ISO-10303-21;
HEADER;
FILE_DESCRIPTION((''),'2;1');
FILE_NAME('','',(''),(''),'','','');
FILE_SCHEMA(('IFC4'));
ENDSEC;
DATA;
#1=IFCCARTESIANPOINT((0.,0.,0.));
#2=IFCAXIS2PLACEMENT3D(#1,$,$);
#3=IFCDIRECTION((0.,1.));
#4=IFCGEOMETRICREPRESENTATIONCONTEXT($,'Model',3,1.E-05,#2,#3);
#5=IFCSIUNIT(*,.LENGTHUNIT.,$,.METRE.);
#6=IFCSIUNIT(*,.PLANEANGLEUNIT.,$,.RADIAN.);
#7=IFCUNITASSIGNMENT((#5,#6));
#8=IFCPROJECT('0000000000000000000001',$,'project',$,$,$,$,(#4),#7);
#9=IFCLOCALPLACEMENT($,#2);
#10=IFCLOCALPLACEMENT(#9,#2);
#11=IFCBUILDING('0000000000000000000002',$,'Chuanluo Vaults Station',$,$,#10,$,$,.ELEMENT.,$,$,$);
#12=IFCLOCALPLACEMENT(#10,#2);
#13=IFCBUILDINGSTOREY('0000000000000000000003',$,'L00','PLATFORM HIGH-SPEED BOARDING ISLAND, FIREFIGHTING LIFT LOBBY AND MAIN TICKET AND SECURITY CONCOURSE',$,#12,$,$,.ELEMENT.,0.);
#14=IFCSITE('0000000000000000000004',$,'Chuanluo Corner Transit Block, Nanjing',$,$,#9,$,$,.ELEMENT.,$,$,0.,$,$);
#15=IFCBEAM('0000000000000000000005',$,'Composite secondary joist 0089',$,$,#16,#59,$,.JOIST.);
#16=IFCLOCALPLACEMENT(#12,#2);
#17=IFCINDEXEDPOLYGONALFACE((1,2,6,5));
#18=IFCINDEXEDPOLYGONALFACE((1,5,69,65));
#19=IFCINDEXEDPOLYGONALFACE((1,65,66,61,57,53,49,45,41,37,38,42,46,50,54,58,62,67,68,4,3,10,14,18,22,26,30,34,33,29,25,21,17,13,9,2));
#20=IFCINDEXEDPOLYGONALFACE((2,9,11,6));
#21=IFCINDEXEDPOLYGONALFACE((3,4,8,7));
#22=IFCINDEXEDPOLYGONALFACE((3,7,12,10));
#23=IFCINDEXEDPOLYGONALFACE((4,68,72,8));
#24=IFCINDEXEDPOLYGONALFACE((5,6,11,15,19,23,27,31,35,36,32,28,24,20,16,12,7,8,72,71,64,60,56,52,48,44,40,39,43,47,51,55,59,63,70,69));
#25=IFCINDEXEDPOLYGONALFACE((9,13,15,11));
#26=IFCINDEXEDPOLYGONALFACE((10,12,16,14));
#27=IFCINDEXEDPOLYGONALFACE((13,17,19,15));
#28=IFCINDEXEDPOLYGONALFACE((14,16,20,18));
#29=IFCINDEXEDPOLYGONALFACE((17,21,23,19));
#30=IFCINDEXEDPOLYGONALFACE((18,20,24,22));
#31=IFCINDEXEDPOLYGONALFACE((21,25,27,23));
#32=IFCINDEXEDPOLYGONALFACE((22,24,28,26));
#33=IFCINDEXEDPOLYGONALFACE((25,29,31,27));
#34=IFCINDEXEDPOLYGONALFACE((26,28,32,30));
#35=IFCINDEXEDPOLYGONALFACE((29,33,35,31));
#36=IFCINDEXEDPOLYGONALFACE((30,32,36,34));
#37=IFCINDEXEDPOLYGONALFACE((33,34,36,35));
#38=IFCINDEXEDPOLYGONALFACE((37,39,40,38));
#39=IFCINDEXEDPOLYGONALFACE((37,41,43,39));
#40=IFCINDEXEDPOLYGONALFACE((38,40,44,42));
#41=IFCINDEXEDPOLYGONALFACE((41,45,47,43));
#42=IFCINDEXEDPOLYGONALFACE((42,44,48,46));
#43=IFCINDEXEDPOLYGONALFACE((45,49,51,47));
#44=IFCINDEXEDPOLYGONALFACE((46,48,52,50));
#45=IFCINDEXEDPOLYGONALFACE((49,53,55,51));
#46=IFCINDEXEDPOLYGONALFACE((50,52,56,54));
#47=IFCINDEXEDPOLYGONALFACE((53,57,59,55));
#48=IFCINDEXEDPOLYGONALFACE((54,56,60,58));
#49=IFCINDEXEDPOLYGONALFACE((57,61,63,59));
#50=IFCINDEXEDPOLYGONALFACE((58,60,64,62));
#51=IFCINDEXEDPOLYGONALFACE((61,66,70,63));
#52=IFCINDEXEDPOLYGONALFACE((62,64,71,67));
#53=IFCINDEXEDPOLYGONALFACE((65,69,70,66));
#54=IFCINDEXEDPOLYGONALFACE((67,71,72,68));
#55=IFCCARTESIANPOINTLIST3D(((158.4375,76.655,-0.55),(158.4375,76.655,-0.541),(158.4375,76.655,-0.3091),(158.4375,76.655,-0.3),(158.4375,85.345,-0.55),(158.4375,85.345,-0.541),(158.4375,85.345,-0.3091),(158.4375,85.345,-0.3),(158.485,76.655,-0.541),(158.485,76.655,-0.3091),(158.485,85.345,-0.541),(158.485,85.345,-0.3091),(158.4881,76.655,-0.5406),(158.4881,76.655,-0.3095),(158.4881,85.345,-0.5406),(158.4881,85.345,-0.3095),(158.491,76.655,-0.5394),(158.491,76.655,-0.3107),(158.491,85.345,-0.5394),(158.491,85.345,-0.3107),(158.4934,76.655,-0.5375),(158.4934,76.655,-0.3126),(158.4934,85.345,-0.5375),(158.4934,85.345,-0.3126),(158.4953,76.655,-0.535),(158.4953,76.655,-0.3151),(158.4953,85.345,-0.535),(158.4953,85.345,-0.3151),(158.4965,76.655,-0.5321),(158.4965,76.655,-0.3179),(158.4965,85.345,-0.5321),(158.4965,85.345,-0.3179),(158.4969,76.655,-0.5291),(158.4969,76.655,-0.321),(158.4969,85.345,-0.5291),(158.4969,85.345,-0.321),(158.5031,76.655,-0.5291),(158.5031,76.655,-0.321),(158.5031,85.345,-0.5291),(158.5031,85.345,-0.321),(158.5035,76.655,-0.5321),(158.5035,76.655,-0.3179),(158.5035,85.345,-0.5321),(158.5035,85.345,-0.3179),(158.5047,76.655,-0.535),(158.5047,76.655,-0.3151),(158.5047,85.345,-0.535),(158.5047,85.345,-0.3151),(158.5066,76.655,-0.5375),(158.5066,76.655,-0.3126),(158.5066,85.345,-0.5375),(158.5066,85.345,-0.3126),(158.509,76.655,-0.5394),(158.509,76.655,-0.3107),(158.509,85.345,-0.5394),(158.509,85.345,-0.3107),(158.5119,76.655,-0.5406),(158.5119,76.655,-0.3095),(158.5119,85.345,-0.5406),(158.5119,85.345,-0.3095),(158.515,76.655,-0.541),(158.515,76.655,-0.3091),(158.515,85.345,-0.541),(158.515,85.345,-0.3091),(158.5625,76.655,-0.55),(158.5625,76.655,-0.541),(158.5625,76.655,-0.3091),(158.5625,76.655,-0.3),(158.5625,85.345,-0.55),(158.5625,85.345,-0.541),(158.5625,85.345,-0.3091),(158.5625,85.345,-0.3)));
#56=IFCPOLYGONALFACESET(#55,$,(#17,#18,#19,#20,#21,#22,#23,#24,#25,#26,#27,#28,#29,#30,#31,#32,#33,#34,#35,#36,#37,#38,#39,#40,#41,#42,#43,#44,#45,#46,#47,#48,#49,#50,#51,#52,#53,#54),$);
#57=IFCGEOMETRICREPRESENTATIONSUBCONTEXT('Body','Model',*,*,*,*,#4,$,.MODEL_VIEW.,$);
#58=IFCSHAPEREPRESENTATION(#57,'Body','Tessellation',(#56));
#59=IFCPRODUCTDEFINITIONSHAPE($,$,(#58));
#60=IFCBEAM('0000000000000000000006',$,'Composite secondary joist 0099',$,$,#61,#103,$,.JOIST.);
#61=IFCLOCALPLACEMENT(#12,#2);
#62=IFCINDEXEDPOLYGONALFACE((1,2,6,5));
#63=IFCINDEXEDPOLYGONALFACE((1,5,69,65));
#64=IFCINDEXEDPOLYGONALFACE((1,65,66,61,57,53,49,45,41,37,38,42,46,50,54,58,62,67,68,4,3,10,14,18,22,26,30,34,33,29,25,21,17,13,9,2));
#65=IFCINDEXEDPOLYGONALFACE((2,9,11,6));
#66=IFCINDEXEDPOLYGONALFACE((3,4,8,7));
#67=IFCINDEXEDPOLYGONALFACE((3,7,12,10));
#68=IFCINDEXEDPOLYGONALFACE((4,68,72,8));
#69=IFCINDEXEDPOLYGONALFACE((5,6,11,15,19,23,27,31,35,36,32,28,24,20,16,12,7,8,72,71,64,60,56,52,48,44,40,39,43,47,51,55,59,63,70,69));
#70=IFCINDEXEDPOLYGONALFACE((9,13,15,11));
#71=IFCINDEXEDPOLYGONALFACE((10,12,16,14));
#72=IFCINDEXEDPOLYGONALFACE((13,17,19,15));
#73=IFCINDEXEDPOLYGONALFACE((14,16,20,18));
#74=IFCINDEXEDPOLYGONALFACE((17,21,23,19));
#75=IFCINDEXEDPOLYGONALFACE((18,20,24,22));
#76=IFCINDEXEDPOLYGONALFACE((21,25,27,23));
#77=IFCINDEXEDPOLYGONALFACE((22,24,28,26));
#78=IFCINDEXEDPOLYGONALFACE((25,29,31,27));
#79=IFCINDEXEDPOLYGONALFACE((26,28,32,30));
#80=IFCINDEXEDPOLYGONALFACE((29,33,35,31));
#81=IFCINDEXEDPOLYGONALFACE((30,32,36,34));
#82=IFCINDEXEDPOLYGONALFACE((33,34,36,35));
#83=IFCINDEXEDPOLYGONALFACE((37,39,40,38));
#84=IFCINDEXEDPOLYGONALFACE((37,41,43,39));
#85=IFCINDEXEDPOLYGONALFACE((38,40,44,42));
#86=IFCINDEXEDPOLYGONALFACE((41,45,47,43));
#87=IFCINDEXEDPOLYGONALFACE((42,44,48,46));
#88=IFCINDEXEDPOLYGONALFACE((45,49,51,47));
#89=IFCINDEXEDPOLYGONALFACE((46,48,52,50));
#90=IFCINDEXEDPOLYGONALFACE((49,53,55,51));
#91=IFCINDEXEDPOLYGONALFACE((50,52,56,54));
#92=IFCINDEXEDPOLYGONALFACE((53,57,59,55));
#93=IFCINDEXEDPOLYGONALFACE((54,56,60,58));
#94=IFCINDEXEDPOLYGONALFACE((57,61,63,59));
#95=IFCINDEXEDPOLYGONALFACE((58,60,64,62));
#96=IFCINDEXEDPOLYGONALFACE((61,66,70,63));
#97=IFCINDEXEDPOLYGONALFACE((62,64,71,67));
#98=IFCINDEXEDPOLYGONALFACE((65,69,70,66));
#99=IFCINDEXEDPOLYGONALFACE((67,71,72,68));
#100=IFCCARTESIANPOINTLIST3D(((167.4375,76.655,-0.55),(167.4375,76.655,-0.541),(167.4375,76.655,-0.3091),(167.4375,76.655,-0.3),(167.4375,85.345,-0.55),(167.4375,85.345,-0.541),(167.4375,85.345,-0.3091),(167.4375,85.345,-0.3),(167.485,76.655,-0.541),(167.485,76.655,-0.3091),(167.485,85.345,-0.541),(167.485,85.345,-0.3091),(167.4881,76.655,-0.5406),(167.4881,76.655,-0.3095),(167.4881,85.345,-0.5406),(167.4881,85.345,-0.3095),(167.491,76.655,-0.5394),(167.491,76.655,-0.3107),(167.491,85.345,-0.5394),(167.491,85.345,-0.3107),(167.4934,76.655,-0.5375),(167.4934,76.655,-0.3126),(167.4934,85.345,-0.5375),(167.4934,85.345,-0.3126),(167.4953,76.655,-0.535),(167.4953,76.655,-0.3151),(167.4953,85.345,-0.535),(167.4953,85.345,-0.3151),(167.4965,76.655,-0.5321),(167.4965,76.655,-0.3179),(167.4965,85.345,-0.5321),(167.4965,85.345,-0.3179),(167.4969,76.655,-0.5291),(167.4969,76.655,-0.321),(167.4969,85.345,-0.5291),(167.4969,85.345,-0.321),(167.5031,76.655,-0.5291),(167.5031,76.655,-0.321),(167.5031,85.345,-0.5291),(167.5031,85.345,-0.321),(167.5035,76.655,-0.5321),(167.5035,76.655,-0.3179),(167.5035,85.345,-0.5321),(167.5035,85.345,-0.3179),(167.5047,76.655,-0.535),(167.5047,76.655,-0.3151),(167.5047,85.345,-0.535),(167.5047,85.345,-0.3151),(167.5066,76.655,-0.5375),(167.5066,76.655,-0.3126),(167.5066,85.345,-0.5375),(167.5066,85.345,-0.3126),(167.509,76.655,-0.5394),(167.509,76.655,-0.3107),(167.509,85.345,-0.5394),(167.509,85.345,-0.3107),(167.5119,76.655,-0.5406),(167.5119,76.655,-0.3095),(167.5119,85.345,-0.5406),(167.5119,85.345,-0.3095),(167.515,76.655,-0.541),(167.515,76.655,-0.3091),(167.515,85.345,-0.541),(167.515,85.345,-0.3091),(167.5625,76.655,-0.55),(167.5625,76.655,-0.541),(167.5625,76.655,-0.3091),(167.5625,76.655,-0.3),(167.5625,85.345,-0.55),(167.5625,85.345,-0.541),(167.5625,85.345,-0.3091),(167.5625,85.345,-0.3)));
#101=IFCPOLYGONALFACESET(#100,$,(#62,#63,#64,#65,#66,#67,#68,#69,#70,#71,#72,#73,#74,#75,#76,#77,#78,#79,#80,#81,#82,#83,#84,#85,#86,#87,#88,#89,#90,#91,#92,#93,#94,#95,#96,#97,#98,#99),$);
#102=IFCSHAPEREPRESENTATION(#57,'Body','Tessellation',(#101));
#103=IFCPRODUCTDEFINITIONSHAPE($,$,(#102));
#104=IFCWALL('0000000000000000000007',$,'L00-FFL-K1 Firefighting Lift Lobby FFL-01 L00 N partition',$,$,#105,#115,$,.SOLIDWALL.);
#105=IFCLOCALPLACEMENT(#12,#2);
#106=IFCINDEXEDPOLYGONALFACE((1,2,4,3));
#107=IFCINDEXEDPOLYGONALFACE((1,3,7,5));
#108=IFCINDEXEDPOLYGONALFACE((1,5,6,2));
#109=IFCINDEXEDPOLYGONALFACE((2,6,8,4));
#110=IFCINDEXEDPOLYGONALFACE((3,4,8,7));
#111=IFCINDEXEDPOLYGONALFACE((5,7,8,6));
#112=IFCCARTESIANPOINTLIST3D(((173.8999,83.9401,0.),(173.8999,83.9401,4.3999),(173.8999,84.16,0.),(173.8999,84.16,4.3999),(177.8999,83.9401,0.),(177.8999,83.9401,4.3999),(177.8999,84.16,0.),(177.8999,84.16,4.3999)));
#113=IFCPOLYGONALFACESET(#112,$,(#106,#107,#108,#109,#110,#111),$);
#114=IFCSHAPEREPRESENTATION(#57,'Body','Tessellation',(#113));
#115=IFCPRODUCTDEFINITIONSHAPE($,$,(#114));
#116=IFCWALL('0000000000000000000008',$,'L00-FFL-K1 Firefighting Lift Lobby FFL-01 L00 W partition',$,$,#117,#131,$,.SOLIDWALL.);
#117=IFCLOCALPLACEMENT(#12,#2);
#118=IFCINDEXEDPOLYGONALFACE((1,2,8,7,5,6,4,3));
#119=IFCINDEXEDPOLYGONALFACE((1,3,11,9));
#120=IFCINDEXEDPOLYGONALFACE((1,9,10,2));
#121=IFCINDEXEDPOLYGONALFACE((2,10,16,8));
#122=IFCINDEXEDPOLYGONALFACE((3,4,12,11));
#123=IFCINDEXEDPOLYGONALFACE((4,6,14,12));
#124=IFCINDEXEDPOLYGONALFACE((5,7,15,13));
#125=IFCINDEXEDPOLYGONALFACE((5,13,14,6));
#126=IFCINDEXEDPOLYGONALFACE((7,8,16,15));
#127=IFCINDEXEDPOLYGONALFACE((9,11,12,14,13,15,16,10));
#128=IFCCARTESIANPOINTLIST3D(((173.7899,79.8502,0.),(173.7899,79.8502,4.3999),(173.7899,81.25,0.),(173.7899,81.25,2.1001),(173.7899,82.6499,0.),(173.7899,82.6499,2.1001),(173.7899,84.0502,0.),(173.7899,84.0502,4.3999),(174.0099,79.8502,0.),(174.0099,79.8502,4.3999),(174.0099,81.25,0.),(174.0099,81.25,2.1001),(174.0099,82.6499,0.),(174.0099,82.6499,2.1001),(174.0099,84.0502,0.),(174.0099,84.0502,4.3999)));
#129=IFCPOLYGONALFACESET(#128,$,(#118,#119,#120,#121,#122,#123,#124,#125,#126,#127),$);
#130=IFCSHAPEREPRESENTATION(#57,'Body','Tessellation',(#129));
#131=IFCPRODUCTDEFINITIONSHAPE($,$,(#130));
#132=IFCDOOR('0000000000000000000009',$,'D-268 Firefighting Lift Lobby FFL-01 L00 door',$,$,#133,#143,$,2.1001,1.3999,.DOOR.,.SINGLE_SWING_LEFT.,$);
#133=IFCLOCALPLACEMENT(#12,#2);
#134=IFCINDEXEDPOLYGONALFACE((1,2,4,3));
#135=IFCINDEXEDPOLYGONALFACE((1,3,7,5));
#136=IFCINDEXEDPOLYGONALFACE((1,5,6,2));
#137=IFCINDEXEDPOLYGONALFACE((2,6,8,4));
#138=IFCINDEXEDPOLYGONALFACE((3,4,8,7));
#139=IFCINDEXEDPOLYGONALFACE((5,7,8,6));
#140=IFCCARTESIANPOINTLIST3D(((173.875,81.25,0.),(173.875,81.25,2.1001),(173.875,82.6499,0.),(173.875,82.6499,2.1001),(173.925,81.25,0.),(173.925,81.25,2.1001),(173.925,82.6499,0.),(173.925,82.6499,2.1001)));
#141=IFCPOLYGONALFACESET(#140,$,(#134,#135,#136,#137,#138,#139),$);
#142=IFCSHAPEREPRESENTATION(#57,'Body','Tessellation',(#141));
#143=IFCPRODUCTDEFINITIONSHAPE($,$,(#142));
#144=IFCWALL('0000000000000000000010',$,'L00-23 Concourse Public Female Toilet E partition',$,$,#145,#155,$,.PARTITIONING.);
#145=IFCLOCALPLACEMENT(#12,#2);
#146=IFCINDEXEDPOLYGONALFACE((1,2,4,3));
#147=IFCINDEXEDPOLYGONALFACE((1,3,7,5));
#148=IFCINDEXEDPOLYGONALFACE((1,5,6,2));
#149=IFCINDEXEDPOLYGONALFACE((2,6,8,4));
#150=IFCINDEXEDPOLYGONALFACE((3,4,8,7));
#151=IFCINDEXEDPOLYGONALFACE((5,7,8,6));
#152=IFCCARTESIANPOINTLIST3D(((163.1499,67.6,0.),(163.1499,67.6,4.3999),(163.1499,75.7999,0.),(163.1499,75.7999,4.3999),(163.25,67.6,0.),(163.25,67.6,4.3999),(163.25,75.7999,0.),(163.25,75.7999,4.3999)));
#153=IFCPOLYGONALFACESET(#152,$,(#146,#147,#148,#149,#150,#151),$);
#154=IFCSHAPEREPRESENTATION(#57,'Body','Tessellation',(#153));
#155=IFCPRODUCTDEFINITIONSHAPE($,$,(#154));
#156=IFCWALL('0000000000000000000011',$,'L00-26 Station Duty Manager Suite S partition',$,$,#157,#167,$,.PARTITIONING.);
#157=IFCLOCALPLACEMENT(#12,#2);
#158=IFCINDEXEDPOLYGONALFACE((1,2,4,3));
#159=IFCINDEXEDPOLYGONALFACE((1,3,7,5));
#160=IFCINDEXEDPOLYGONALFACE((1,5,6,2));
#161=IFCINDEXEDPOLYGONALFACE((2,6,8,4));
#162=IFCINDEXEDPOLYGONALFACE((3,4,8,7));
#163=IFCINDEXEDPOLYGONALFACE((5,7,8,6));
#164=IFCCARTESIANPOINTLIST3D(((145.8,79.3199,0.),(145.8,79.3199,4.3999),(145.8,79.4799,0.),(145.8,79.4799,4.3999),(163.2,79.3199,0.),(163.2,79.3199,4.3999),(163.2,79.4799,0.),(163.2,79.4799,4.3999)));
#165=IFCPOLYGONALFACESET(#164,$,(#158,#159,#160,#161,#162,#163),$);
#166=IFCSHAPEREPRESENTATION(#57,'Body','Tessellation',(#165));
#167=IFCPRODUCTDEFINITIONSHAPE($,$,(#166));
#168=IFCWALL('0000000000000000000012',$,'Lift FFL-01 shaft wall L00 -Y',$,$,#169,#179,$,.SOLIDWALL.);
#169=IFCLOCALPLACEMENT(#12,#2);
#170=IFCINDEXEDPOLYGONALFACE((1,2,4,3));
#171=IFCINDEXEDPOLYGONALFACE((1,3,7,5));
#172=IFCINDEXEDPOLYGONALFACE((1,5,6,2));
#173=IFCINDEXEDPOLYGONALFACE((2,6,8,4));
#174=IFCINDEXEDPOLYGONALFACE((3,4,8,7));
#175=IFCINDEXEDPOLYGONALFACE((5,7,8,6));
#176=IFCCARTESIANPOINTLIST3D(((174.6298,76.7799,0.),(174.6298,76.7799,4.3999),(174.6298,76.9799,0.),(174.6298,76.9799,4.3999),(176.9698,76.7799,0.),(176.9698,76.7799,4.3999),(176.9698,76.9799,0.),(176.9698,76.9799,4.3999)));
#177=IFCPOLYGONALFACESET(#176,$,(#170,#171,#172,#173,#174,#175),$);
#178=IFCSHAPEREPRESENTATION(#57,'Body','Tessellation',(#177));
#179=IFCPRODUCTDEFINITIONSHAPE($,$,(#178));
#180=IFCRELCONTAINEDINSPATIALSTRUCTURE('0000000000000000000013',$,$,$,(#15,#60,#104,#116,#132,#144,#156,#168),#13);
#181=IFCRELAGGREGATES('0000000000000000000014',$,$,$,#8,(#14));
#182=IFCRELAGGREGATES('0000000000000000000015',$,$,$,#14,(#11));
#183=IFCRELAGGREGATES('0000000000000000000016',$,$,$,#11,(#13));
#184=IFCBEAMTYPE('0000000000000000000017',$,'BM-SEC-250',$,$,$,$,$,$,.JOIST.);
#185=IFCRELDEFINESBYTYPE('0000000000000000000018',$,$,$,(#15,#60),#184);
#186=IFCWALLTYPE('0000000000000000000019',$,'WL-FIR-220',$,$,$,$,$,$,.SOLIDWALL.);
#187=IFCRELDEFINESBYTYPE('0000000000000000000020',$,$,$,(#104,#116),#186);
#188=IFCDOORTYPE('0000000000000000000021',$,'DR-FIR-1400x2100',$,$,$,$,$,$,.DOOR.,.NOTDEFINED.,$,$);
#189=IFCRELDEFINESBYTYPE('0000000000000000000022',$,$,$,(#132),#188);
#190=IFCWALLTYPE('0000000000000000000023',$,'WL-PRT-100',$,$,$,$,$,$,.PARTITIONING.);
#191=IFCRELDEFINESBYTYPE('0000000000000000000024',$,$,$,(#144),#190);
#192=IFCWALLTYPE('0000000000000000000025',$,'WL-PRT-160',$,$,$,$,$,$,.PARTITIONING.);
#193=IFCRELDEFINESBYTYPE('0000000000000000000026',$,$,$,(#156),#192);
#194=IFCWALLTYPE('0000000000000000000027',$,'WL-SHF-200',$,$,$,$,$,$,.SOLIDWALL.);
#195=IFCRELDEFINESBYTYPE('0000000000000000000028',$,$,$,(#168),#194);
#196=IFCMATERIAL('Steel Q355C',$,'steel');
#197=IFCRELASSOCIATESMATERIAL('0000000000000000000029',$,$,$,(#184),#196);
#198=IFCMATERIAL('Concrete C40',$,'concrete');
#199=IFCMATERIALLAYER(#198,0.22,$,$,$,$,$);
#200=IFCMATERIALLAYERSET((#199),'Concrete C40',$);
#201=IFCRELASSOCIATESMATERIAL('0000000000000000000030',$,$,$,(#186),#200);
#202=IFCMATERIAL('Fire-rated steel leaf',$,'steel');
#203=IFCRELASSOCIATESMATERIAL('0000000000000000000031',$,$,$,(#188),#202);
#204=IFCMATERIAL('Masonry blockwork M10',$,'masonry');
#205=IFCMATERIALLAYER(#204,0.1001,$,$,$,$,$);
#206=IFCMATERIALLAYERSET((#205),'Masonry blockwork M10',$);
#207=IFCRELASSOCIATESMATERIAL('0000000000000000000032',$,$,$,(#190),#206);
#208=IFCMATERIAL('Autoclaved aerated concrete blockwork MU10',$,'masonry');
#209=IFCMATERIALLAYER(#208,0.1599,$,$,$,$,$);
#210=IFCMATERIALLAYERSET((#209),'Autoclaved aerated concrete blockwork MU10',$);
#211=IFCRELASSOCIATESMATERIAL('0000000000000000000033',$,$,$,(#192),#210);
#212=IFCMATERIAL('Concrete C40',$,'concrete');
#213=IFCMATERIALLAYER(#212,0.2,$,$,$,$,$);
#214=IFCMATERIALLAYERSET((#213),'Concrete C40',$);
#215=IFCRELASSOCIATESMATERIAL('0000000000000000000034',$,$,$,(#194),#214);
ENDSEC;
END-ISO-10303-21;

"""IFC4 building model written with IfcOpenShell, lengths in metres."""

from ifc_helpers import new_model, si_unit, direction, frame, frame_2d, origin, origin_2d, place, context, subcontext, project, spatial, rectangle, i_section, extrude, material, layer, layer_set, material_profile, profile_set, type_object, element, fill, save


model = new_model("IFC4")

# Units and contexts
model_context = context("Model", 3, precision=1e-05, world=origin(), true_north=direction((0.0, 1.0)))
body_context = subcontext(model_context, "Body", "Model", "MODEL_VIEW")
ifc_project = project(units=[si_unit("LENGTHUNIT", "METRE"), si_unit("PLANEANGLEUNIT", "RADIAN")], contexts=[model_context])

# Site, building, storey
site_placement = place(None, origin())
site = spatial("IfcSite", under=ifc_project, at=site_placement, Name="Chuanluo Corner Transit Block, Nanjing", CompositionType="ELEMENT", RefElevation=0.0)
building_placement = place(site_placement, origin())
building = spatial("IfcBuilding", under=site, at=building_placement, Name="Chuanluo Vaults Station", CompositionType="ELEMENT")
storey_placement = place(building_placement, origin())
storey = spatial("IfcBuildingStorey", under=building, at=storey_placement, Name="L00", Description="PLATFORM HIGH-SPEED BOARDING ISLAND, FIREFIGHTING LIFT LOBBY AND MAIN TICKET AND SECURITY CONCOURSE", CompositionType="ELEMENT", Elevation=0.0)

# Beams
ifc_material_1 = material(Name="Steel Q355C", Category="steel")
ifc_material_profile_1 = material_profile(ifc_material_1, i_section(OverallWidth=0.125, OverallDepth=0.25, WebThickness=0.0061, FlangeThickness=0.009, FilletRadius=0.012, at=origin_2d()))
ifc_profile_set_1 = profile_set([ifc_material_profile_1], Name="Steel Q355C")
beam_type_1 = type_object("IfcBeamType", Name="BM-SEC-250", PredefinedType="JOIST", material=ifc_profile_set_1)
for number, where, z_axis, x_axis, name in (
    (1, (158.5, 76.655, -0.425), (0.0, 1.0, 0.0), (-1.0, 0.0, 0.0), "Composite secondary joist 0089"),
    (2, (167.5, 76.655, -0.425), (0.0, 1.0, 0.0), (-1.0, 0.0, 0.0), "Composite secondary joist 0099"),
):
    element("IfcBeam", number, at=place(storey_placement, frame(where, z_axis=z_axis, x_axis=x_axis)), inside=storey, type_object=beam_type_1, Name=name, PredefinedType="JOIST", context=body_context, shape_type="SweptSolid", body=[
        extrude(i_section(OverallWidth=0.125, OverallDepth=0.25, WebThickness=0.0061, FlangeThickness=0.009, FilletRadius=0.012, at=origin_2d()), origin(), (0.0, 0.0, 1.0), 8.6899),
    ])

# Wall
ifc_material_2 = material(Name="Concrete C40", Category="concrete")
ifc_layer_1 = layer(ifc_material_2, 0.22)
ifc_layer_set_1 = layer_set([ifc_layer_1], Name="Concrete C40")
wall_type_1 = type_object("IfcWallType", Name="WL-FIR-220", PredefinedType="SOLIDWALL", material=ifc_layer_set_1)
wall_1_placement = place(storey_placement, frame((173.8999, 84.05, 0.0), z_axis=(0.0, 0.0, 1.0), x_axis=(1.0, 0.0, 0.0)))
element("IfcWall", 3, at=wall_1_placement, inside=storey, type_object=wall_type_1, Name="L00-FFL-K1 Firefighting Lift Lobby FFL-01 L00 N partition", PredefinedType="SOLIDWALL", context=body_context, shape_type="SweptSolid", body=[
    extrude(rectangle(XDim=4.0, YDim=0.22, at=frame_2d((2.0, 0.0))), origin(), (0.0, 0.0, 1.0), 4.3999),
])

# Wall, opening, door
wall_2_placement = place(storey_placement, frame((173.8999, 79.8501, 0.0), z_axis=(0.0, 0.0, 1.0), x_axis=(0.0, 1.0, 0.0)))
wall_2 = element("IfcWall", 4, at=wall_2_placement, inside=storey, type_object=wall_type_1, Name="L00-FFL-K1 Firefighting Lift Lobby FFL-01 L00 W partition", PredefinedType="SOLIDWALL", context=body_context, shape_type="SweptSolid", body=[
    extrude(rectangle(XDim=4.2, YDim=0.22, at=frame_2d((2.1001, 0.0))), origin(), (0.0, 0.0, 1.0), 4.3999),
])
opening_placement = place(wall_2_placement, frame((1.3999, 0.0, 0.0)))
opening = element("IfcOpeningElement", 5, at=opening_placement, cuts=wall_2, PredefinedType="OPENING", context=body_context, shape_type="SweptSolid", body=[
    extrude(rectangle(XDim=1.3999, YDim=2.1001, at=frame_2d((0.7, 1.05))), frame((0.0, 0.1199, 0.0), z_axis=(0.0, -1.0, 0.0), x_axis=(1.0, 0.0, 0.0)), (0.0, 0.0, 1.0), 0.24),
])
ifc_material_3 = material(Name="Fire-rated steel leaf", Category="steel")
door_type = type_object("IfcDoorType", Name="DR-FIR-1400x2100", OperationType="NOTDEFINED", PredefinedType="DOOR", material=ifc_material_3)
door_placement = place(opening_placement, origin())
door = element("IfcDoor", 6, at=door_placement, inside=storey, type_object=door_type, Name="D-268 Firefighting Lift Lobby FFL-01 L00 door", OperationType="SINGLE_SWING_LEFT", OverallHeight=2.1001, OverallWidth=1.3999, PredefinedType="DOOR", context=body_context, shape_type="SweptSolid", body=[
    extrude(rectangle(XDim=1.3999, YDim=2.1001, at=frame_2d((0.7, 1.05))), frame((0.0, 0.0249, 0.0), z_axis=(0.0, -1.0, 0.0), x_axis=(1.0, 0.0, 0.0)), (0.0, 0.0, 1.0), 0.05),
])
fill(opening, door)

# Walls
ifc_material_4 = material(Name="Masonry blockwork M10", Category="masonry")
ifc_layer_2 = layer(ifc_material_4, 0.1001)
ifc_layer_set_2 = layer_set([ifc_layer_2], Name="Masonry blockwork M10")
wall_type_2 = type_object("IfcWallType", Name="WL-PRT-100", PredefinedType="PARTITIONING", material=ifc_layer_set_2)
wall_3_placement = place(storey_placement, frame((163.2, 75.8, 0.0), z_axis=(0.0, 0.0, 1.0), x_axis=(0.0, -1.0, 0.0)))
element("IfcWall", 7, at=wall_3_placement, inside=storey, type_object=wall_type_2, Name="L00-23 Concourse Public Female Toilet E partition", PredefinedType="PARTITIONING", context=body_context, shape_type="SweptSolid", body=[
    extrude(rectangle(XDim=8.2, YDim=0.1001, at=frame_2d((4.1001, 0.0))), origin(), (0.0, 0.0, 1.0), 4.3999),
])
ifc_material_5 = material(Name="Autoclaved aerated concrete blockwork MU10", Category="masonry")
ifc_layer_3 = layer(ifc_material_5, 0.1599)
ifc_layer_set_3 = layer_set([ifc_layer_3], Name="Autoclaved aerated concrete blockwork MU10")
wall_type_3 = type_object("IfcWallType", Name="WL-PRT-160", PredefinedType="PARTITIONING", material=ifc_layer_set_3)
wall_4_placement = place(storey_placement, frame((163.2, 79.3999, 0.0), z_axis=(0.0, 0.0, 1.0), x_axis=(-1.0, 0.0, 0.0)))
element("IfcWall", 8, at=wall_4_placement, inside=storey, type_object=wall_type_3, Name="L00-26 Station Duty Manager Suite S partition", PredefinedType="PARTITIONING", context=body_context, shape_type="SweptSolid", body=[
    extrude(rectangle(XDim=17.3999, YDim=0.1599, at=frame_2d((8.7, 0.0))), origin(), (0.0, 0.0, 1.0), 4.3999),
])
ifc_material_6 = material(Name="Concrete C40", Category="concrete")
ifc_layer_4 = layer(ifc_material_6, 0.2)
ifc_layer_set_4 = layer_set([ifc_layer_4], Name="Concrete C40")
wall_type_4 = type_object("IfcWallType", Name="WL-SHF-200", PredefinedType="SOLIDWALL", material=ifc_layer_set_4)
wall_5_placement = place(storey_placement, frame((174.6299, 76.8799, 0.0), z_axis=(0.0, 0.0, 1.0), x_axis=(1.0, 0.0, 0.0)))
element("IfcWall", 9, at=wall_5_placement, inside=storey, type_object=wall_type_4, Name="Lift FFL-01 shaft wall L00 -Y", PredefinedType="SOLIDWALL", context=body_context, shape_type="SweptSolid", body=[
    extrude(rectangle(XDim=2.3401, YDim=0.2, at=frame_2d((1.1699, 0.0))), origin(), (0.0, 0.0, 1.0), 4.3999),
])

save(model, "model.ifc")
